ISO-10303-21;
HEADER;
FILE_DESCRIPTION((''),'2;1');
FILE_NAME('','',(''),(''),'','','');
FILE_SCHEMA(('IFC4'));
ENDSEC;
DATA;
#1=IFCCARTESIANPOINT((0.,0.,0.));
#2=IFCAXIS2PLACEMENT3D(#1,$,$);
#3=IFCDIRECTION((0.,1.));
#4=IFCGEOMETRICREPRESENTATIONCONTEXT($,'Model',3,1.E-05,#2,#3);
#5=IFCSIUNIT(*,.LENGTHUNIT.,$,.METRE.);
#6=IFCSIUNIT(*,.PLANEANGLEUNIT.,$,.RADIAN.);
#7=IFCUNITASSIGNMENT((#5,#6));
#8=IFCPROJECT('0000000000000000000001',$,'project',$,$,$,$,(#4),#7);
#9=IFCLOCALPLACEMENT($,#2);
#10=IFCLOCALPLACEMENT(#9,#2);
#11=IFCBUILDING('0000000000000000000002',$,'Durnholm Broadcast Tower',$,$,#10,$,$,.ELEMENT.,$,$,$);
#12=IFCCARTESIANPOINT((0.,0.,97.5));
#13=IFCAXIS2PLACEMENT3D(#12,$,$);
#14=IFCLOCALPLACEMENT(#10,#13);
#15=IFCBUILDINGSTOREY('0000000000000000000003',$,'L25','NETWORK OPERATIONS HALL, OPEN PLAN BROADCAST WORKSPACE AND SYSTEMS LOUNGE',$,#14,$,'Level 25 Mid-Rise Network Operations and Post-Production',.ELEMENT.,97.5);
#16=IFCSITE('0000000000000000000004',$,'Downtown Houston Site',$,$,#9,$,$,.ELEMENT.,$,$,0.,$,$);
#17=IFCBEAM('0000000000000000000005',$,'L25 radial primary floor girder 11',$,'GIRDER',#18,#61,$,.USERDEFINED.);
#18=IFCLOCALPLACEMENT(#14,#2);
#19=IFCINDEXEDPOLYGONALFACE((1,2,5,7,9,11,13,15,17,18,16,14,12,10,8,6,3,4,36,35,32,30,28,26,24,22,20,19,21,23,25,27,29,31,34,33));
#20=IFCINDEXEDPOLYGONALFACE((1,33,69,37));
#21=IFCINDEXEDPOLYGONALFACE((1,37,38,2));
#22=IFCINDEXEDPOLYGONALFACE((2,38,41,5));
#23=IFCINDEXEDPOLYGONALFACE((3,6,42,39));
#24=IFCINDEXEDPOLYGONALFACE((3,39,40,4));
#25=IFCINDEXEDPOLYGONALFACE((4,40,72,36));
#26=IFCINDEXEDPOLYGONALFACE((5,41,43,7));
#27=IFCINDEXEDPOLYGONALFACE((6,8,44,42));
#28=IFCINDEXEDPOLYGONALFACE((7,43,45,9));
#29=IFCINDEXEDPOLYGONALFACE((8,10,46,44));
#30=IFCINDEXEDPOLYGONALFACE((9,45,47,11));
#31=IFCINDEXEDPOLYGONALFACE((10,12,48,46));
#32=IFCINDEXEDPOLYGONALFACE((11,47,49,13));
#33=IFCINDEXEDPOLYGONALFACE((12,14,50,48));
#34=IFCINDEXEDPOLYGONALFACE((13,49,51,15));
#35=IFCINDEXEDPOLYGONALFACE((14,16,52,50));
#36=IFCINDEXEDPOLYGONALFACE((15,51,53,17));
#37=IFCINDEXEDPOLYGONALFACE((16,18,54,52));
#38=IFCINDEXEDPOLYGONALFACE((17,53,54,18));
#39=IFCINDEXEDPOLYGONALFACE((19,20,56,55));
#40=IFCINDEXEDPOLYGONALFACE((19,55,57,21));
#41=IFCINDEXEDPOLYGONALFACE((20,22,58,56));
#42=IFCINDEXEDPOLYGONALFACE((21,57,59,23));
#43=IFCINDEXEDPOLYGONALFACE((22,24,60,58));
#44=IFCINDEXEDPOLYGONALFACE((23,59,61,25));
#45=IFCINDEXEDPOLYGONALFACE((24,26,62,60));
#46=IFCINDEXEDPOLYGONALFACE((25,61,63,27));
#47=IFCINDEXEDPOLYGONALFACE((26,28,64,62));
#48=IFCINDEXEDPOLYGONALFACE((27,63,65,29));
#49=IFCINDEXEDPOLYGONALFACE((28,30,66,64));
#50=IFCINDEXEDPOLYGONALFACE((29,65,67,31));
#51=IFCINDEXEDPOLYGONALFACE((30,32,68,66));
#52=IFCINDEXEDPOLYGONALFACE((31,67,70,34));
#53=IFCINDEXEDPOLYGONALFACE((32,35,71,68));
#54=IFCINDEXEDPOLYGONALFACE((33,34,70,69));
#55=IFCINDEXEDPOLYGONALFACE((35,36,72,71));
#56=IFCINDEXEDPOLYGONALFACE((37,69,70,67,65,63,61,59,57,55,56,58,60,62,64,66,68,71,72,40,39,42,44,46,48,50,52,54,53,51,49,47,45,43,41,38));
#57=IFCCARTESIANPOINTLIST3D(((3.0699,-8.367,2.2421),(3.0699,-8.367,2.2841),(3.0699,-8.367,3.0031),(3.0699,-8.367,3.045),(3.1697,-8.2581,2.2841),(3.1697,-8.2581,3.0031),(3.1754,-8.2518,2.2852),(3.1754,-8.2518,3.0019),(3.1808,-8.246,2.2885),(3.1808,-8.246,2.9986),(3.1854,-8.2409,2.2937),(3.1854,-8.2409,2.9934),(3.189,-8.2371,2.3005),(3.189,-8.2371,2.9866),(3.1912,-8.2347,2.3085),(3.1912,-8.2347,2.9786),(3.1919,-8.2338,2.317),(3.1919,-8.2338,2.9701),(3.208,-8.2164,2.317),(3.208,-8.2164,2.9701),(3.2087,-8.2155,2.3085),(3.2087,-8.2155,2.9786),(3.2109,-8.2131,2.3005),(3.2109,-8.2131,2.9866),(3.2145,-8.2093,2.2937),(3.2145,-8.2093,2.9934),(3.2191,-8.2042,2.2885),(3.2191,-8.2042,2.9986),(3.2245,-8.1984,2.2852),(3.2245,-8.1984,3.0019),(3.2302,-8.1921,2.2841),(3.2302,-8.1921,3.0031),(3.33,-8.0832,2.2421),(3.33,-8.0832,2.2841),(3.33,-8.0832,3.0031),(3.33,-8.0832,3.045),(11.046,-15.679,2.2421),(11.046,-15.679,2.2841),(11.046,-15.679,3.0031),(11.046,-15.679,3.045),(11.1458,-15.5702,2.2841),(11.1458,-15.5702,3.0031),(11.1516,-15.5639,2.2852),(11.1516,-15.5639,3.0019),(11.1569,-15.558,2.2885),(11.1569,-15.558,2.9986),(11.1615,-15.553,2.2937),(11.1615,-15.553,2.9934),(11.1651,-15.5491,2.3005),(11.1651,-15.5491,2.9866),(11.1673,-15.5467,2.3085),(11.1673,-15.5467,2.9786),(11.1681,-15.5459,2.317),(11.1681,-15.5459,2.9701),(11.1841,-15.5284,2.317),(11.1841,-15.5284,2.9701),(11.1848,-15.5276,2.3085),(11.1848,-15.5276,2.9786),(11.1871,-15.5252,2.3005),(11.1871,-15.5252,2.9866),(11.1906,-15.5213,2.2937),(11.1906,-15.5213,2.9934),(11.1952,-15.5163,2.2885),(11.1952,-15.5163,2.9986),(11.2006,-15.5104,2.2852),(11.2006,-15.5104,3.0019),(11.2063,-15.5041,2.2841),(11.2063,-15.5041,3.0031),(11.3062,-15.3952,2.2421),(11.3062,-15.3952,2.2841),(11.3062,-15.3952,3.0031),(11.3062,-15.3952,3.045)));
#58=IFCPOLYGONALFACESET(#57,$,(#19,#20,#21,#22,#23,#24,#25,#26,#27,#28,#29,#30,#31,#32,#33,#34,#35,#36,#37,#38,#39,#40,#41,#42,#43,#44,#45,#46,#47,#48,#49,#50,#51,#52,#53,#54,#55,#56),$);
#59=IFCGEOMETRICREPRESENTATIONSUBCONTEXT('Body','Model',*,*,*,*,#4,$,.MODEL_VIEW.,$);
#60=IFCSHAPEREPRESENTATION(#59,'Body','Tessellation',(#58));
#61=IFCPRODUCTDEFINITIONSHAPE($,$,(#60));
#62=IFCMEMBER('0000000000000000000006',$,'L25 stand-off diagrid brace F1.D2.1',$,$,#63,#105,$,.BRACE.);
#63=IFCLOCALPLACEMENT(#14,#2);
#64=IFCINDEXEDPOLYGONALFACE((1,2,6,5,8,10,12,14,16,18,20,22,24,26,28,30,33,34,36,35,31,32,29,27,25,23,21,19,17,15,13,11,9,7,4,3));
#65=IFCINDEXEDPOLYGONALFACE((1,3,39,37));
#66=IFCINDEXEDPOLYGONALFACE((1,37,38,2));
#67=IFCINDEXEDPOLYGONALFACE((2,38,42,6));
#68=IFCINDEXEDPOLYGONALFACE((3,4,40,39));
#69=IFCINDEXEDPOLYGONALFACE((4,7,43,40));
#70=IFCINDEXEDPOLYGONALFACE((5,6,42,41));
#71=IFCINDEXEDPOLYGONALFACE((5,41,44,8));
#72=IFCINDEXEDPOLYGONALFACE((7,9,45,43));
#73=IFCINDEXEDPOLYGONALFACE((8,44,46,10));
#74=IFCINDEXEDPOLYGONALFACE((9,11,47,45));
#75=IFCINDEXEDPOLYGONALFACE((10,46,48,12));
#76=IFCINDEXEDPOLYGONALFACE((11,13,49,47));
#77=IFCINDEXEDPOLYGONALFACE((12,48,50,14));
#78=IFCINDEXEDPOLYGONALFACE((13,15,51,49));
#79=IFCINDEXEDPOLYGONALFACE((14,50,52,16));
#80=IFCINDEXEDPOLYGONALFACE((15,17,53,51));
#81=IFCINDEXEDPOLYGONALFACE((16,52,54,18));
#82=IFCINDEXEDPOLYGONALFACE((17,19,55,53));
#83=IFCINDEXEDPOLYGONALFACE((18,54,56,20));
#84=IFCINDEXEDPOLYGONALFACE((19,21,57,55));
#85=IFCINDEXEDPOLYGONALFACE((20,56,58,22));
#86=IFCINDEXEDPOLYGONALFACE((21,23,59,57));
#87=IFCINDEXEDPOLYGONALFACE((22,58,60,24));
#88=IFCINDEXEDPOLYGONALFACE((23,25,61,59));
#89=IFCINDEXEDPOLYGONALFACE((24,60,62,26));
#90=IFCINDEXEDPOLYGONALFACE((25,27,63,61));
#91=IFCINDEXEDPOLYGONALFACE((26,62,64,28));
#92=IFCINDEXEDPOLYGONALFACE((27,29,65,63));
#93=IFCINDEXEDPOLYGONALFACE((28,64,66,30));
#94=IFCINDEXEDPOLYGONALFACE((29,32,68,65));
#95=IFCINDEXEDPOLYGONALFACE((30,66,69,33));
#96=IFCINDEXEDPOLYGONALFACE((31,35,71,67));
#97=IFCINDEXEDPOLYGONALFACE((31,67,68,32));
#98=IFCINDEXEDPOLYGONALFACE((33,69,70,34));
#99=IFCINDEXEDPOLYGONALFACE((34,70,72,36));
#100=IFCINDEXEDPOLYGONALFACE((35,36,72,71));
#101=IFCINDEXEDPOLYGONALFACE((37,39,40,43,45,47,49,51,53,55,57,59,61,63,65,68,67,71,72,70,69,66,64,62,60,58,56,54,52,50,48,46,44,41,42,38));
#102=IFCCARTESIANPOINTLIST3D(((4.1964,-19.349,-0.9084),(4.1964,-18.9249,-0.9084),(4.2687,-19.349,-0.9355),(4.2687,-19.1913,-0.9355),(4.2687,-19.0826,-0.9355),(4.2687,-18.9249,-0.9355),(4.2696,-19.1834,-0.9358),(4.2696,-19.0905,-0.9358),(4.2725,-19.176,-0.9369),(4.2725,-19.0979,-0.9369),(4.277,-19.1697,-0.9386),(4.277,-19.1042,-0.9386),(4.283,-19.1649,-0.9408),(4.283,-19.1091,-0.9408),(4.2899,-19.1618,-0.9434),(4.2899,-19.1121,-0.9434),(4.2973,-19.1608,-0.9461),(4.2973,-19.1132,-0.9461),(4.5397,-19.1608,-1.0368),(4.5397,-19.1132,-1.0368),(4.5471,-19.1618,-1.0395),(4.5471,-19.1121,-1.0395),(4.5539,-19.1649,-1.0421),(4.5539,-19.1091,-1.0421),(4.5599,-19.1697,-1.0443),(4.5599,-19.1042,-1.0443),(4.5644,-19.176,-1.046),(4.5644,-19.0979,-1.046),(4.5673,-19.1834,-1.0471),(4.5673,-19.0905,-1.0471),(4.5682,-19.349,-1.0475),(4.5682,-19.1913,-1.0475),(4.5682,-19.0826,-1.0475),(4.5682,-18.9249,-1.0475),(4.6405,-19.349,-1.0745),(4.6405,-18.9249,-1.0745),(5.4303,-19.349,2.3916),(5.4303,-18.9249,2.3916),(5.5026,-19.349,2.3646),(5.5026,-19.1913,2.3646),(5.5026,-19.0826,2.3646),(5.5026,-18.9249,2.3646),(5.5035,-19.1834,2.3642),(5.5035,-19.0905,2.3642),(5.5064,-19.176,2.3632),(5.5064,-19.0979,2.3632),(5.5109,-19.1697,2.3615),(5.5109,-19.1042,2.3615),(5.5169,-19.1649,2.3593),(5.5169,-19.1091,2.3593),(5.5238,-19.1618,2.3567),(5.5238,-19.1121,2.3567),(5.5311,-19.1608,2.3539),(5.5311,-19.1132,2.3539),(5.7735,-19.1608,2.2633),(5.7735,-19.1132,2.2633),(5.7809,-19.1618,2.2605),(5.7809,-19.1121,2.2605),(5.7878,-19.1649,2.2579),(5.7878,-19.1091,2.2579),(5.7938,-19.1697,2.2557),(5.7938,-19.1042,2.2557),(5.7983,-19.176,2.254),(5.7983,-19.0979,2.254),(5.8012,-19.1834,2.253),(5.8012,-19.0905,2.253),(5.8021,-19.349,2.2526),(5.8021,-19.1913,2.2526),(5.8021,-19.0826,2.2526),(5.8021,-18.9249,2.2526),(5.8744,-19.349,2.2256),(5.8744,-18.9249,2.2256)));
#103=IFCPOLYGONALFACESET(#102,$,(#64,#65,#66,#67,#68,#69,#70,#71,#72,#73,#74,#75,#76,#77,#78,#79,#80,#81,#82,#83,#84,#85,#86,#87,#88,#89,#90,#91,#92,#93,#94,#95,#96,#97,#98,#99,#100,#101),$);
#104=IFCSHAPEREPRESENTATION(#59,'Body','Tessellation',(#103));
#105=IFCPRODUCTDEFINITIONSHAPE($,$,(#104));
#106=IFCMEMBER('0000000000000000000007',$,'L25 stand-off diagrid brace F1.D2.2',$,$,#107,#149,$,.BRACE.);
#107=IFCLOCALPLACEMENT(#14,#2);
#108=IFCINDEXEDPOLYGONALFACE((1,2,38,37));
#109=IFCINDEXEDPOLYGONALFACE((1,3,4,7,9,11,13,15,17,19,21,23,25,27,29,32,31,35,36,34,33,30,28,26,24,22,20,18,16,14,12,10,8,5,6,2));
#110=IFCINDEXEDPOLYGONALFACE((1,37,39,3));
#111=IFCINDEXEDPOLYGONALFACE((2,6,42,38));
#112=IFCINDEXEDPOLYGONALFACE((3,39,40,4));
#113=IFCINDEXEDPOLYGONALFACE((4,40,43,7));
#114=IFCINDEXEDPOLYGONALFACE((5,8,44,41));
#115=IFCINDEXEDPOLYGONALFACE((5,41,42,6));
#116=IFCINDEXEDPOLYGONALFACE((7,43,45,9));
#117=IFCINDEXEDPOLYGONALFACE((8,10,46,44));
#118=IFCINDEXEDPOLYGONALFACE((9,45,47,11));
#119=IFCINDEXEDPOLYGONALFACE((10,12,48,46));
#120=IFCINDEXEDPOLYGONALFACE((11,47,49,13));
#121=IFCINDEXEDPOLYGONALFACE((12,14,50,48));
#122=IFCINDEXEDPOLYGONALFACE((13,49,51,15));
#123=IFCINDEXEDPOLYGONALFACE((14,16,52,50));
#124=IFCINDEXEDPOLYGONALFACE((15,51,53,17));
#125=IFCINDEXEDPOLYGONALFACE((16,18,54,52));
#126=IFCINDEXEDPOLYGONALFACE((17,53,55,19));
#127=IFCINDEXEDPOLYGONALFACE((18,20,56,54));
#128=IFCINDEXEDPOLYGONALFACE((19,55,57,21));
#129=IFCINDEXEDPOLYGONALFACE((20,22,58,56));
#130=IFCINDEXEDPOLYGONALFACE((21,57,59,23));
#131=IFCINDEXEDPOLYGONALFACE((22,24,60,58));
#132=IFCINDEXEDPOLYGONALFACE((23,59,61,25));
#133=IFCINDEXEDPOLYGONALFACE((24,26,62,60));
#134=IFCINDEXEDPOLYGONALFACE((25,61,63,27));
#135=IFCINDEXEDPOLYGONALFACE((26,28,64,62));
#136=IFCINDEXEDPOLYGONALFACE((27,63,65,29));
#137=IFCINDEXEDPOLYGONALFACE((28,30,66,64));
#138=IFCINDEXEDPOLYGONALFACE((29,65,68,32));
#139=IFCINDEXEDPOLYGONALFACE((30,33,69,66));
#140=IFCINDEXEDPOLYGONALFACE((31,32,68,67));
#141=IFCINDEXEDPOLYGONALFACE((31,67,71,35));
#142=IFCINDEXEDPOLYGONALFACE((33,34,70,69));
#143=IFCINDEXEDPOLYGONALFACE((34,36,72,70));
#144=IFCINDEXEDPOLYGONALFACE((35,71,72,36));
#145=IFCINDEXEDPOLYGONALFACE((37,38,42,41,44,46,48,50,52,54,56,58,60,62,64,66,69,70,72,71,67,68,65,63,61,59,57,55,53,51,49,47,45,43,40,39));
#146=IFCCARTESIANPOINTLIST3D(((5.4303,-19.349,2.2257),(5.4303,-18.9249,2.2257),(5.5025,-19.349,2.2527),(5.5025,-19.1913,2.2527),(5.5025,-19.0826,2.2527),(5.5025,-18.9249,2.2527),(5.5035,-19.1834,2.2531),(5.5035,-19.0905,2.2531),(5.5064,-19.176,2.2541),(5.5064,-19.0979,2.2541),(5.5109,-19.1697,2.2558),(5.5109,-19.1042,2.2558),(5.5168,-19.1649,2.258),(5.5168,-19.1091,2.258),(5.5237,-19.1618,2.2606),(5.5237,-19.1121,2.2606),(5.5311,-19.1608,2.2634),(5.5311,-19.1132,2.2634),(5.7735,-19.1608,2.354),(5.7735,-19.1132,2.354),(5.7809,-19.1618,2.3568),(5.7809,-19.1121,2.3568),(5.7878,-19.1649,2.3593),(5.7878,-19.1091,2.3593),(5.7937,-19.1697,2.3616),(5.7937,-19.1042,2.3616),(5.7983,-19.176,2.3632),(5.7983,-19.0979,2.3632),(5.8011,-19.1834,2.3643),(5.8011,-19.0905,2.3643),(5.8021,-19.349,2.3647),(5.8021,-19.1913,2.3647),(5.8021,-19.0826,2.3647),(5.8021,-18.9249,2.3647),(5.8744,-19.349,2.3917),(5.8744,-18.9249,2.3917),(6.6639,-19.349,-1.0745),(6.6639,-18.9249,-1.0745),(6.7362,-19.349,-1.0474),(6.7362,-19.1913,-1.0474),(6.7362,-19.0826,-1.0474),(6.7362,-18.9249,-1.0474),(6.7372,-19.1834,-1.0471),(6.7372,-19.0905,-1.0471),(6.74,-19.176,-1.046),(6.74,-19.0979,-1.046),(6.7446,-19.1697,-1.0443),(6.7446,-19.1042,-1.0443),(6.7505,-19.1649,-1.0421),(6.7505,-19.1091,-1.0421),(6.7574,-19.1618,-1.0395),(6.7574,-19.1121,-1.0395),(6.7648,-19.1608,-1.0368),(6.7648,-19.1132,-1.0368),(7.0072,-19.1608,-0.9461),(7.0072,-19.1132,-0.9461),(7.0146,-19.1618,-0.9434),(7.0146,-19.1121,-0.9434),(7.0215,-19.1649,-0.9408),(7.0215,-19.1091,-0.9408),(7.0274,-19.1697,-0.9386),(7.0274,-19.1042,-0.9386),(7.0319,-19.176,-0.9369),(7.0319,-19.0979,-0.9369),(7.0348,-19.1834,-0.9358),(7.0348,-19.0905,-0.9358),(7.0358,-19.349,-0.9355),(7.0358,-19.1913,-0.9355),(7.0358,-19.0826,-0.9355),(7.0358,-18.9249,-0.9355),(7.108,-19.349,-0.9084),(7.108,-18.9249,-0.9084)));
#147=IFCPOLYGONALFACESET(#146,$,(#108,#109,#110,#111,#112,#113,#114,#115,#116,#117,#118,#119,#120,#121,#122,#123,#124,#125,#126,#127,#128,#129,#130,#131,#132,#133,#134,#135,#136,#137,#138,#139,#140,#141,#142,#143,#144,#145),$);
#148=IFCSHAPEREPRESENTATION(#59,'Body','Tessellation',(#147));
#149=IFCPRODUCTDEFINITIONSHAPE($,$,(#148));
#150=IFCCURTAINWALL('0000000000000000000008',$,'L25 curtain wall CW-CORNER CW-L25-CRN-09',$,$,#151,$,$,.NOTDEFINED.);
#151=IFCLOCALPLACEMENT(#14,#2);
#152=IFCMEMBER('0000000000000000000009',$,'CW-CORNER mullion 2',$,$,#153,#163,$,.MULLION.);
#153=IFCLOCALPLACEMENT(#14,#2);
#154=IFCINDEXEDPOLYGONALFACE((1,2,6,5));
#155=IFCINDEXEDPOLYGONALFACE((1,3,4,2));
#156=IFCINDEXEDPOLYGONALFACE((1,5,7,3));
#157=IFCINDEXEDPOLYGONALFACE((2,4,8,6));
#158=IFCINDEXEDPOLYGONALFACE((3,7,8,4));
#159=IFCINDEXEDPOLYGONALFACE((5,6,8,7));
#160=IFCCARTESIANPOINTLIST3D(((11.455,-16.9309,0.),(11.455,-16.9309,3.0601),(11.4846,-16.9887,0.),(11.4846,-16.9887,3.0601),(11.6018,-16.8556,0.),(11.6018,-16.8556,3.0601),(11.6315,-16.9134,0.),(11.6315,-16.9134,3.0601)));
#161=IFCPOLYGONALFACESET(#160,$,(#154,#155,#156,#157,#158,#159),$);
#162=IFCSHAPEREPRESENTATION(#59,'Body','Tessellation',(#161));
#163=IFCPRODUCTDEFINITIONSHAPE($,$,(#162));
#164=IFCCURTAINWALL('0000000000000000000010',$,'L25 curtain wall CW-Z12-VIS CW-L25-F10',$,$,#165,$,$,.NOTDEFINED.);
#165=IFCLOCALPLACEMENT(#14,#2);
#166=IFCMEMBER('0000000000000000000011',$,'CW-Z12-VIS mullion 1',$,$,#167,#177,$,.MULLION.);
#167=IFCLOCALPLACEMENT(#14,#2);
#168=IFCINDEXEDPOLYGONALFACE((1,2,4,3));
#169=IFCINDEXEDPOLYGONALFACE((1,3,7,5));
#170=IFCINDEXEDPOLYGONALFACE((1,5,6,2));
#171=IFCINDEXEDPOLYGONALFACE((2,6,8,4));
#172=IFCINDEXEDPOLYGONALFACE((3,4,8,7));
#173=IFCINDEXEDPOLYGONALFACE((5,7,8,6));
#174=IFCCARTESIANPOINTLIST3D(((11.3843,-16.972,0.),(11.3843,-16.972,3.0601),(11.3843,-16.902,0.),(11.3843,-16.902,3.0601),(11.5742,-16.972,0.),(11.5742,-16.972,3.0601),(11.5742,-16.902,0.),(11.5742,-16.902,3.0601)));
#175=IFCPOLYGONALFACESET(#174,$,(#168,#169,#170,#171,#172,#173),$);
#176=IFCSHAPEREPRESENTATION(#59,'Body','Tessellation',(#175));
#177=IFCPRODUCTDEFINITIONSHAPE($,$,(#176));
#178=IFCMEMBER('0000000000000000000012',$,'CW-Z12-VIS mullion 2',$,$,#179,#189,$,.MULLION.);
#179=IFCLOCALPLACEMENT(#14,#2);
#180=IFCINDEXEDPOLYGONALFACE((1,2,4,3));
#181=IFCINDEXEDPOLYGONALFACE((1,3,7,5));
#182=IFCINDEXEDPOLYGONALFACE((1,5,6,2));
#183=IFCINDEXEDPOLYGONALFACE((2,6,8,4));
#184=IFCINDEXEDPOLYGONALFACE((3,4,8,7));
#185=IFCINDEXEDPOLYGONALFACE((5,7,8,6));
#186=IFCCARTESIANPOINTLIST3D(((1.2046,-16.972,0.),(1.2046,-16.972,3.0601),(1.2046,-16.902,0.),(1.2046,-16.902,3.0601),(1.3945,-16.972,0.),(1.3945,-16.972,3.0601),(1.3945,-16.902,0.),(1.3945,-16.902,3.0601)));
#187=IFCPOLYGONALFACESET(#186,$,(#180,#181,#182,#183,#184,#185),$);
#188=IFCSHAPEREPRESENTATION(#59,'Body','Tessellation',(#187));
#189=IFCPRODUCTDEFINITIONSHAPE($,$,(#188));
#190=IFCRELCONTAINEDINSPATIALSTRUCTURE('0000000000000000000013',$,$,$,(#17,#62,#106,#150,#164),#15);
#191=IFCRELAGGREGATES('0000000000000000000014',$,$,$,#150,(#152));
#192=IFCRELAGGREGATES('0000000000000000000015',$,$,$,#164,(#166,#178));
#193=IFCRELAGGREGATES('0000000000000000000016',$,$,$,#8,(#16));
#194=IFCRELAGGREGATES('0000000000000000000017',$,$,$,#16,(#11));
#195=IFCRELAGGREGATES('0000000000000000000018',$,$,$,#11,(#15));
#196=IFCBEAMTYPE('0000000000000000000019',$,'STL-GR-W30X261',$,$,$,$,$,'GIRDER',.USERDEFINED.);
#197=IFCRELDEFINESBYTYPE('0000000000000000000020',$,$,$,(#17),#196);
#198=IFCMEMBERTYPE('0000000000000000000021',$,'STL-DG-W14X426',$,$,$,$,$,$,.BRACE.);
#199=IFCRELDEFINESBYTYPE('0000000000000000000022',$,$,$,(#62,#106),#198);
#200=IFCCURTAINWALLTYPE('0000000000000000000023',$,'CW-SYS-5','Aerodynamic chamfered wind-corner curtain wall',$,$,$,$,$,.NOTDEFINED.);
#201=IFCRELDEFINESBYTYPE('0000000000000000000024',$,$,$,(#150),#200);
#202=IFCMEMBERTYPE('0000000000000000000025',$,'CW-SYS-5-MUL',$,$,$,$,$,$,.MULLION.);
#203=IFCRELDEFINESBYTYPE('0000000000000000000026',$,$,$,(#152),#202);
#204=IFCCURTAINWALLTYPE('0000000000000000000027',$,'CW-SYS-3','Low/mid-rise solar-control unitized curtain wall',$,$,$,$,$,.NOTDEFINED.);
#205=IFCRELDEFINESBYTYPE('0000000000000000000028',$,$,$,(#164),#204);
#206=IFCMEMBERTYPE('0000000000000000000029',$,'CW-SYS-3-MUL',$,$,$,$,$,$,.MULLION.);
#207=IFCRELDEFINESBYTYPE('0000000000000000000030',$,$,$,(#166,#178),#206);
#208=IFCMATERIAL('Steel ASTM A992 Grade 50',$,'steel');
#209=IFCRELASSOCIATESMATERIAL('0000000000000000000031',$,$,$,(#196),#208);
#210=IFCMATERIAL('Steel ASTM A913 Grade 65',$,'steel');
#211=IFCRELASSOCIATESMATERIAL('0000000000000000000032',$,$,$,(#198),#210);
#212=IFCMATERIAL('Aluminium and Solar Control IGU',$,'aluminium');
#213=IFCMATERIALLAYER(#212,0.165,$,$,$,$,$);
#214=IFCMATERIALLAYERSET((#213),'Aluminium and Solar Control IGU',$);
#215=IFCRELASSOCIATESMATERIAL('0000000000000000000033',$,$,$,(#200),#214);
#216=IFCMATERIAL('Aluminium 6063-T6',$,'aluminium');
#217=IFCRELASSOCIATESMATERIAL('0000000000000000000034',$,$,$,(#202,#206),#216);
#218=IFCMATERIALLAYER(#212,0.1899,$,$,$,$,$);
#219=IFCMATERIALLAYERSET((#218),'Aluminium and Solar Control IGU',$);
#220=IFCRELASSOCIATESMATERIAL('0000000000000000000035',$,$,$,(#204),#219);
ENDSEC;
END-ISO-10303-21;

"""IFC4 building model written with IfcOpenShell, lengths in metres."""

from ifc_helpers import new_model, si_unit, direction, frame, origin, origin_2d, place, context, subcontext, project, spatial, rectangle, i_section, extrude, source, transform, mapped, material, layer, layer_set, material_profile, profile_set, type_object, type_shapes, element, aggregate, save


model = new_model("IFC4")

# Units and contexts
model_context = context("Model", 3, precision=1e-05, world=origin(), true_north=direction((0.0, 1.0)))
body_context = subcontext(model_context, "Body", "Model", "MODEL_VIEW")
ifc_project = project(units=[si_unit("LENGTHUNIT", "METRE"), si_unit("PLANEANGLEUNIT", "RADIAN")], contexts=[model_context])

# Site, building, storey
site_placement = place(None, origin())
site = spatial("IfcSite", under=ifc_project, at=site_placement, Name="Downtown Houston Site", CompositionType="ELEMENT", RefElevation=0.0)
building_placement = place(site_placement, origin())
building = spatial("IfcBuilding", under=site, at=building_placement, Name="Durnholm Broadcast Tower", CompositionType="ELEMENT")
storey_placement = place(building_placement, frame((0.0, 0.0, 97.5)))
storey = spatial("IfcBuildingStorey", under=building, at=storey_placement, Name="L25", Description="NETWORK OPERATIONS HALL, OPEN PLAN BROADCAST WORKSPACE AND SYSTEMS LOUNGE", LongName="Level 25 Mid-Rise Network Operations and Post-Production", CompositionType="ELEMENT", Elevation=97.5)

# Beam
ifc_material_1 = material(Name="Steel ASTM A992 Grade 50", Category="steel")
ifc_material_profile_1 = material_profile(ifc_material_1, i_section(OverallWidth=0.385, OverallDepth=0.803, WebThickness=0.0237, FlangeThickness=0.042, FilletRadius=0.033, at=origin_2d()), Name="W30X261")
ifc_profile_set_1 = profile_set([ifc_material_profile_1], Name="Steel ASTM A992 Grade 50")
beam_type_1 = type_object("IfcBeamType", Name="STL-GR-W30X261", ElementType="GIRDER", PredefinedType="USERDEFINED", material=ifc_profile_set_1)
shared_shape_1 = source(origin(), body_context, "Body", "SweptSolid", [
    extrude(i_section(OverallWidth=0.385, OverallDepth=0.803, WebThickness=0.0237, FlangeThickness=0.042, FilletRadius=0.033, at=origin_2d()), origin(), (0.0, 0.0, 1.0), 10.8206),
])
beam_1_placement = place(storey_placement, frame((3.2, -8.2251, 2.6436), z_axis=(0.737126, -0.675755, 0.0), x_axis=(0.675755, 0.737126, 0.0)))
element("IfcBeam", 1, at=beam_1_placement, inside=storey, type_object=beam_type_1, Name="L25 radial primary floor girder 11", ObjectType="GIRDER", PredefinedType="USERDEFINED", context=body_context, shape_type="MappedRepresentation", body=[
    mapped(shared_shape_1, transform((0.0, 0.0, 0.0), x_axis=(1.0, 0.0, 0.0), y_axis=(0.0, 1.0, 0.0), z_axis=(0.0, 0.0, 1.0), scale=1.0)),
])

# Members
ifc_material_2 = material(Name="Steel ASTM A913 Grade 65", Category="steel")
ifc_material_profile_2 = material_profile(ifc_material_2, i_section(OverallWidth=0.4241, OverallDepth=0.4741, WebThickness=0.0476, FlangeThickness=0.0771, FilletRadius=0.0305, at=origin_2d()), Name="W14X426")
ifc_profile_set_2 = profile_set([ifc_material_profile_2], Name="Steel ASTM A913 Grade 65")
member_type_1 = type_object("IfcMemberType", Name="STL-DG-W14X426", PredefinedType="BRACE", material=ifc_profile_set_2)
shared_shape_2 = source(origin(), body_context, "Body", "SweptSolid", [
    extrude(i_section(OverallWidth=0.4241, OverallDepth=0.4741, WebThickness=0.0476, FlangeThickness=0.0771, FilletRadius=0.0305, at=origin_2d()), origin(), (0.0, 0.0, 1.0), 3.5232),
])
type_shapes(member_type_1, [shared_shape_2])
for number, where, z_axis, x_axis, name in (
    (2, (4.4185, -19.137, -0.9915), (0.35022, 0.0, 0.936668), (0.0, 1.0, 0.0), "L25 stand-off diagrid brace F1.D2.1"),
    (3, (6.886, -19.137, -0.9915), (-0.350159, 0.0, 0.93669), (0.0, -1.0, 0.0), "L25 stand-off diagrid brace F1.D2.2"),
):
    element("IfcMember", number, at=place(storey_placement, frame(where, z_axis=z_axis, x_axis=x_axis)), inside=storey, type_object=member_type_1, Name=name, PredefinedType="BRACE", context=body_context, shape_type="MappedRepresentation", body=[
        mapped(shared_shape_2, transform((0.0, 0.0, 0.0), x_axis=(1.0, 0.0, 0.0), y_axis=(0.0, 1.0, 0.0), z_axis=(0.0, 0.0, 1.0), scale=1.0)),
    ])

# Curtain wall, member
ifc_material_3 = material(Name="Aluminium and Solar Control IGU", Category="aluminium")
ifc_layer_1 = layer(ifc_material_3, 0.165)
ifc_layer_set_1 = layer_set([ifc_layer_1], Name="Aluminium and Solar Control IGU")
curtain_wall_type_1 = type_object("IfcCurtainWallType", Name="CW-SYS-5", Description="Aerodynamic chamfered wind-corner curtain wall", PredefinedType="NOTDEFINED", material=ifc_layer_set_1)
curtain_wall_1_placement = place(storey_placement, origin())
curtain_wall_1 = element("IfcCurtainWall", 4, at=curtain_wall_1_placement, inside=storey, type_object=curtain_wall_type_1, Name="L25 curtain wall CW-CORNER CW-L25-CRN-09", PredefinedType="NOTDEFINED")
ifc_material_4 = material(Name="Aluminium 6063-T6", Category="aluminium")
ifc_material_profile_3 = material_profile(ifc_material_4, rectangle(XDim=0.0649, YDim=0.165, at=origin_2d()), Name="CWM65X165")
ifc_profile_set_3 = profile_set([ifc_material_profile_3], Name="Aluminium 6063-T6")
member_type_2 = type_object("IfcMemberType", Name="CW-SYS-5-MUL", PredefinedType="MULLION", material=ifc_profile_set_3)
shared_shape_3 = source(origin(), body_context, "Body", "SweptSolid", [
    extrude(rectangle(XDim=0.0649, YDim=0.165, at=origin_2d()), origin(), (0.0, 0.0, 1.0), 3.0601),
])
type_shapes(member_type_2, [shared_shape_3])
member_1_placement = place(storey_placement, frame((11.5432, -16.9221, 0.0), z_axis=(0.0, 0.0, 1.0), x_axis=(0.456373, -0.889788, 0.0)))
member_1 = element("IfcMember", 5, at=member_1_placement, type_object=member_type_2, Name="CW-CORNER mullion 2", PredefinedType="MULLION", context=body_context, shape_type="MappedRepresentation", body=[
    mapped(shared_shape_3, transform((0.0, 0.0, 0.0), x_axis=(1.0, 0.0, 0.0), y_axis=(0.0, 1.0, 0.0), z_axis=(0.0, 0.0, 1.0), scale=1.0)),
])
aggregate(curtain_wall_1, [member_1])

# Curtain wall, members
ifc_layer_2 = layer(ifc_material_3, 0.1899)
ifc_layer_set_2 = layer_set([ifc_layer_2], Name="Aluminium and Solar Control IGU")
curtain_wall_type_2 = type_object("IfcCurtainWallType", Name="CW-SYS-3", Description="Low/mid-rise solar-control unitized curtain wall", PredefinedType="NOTDEFINED", material=ifc_layer_set_2)
curtain_wall_2_placement = place(storey_placement, origin())
curtain_wall_2 = element("IfcCurtainWall", 6, at=curtain_wall_2_placement, inside=storey, type_object=curtain_wall_type_2, Name="L25 curtain wall CW-Z12-VIS CW-L25-F10", PredefinedType="NOTDEFINED")
ifc_material_profile_4 = material_profile(ifc_material_4, rectangle(XDim=0.0701, YDim=0.1899, at=origin_2d()), Name="CWM70X190")
ifc_profile_set_4 = profile_set([ifc_material_profile_4], Name="Aluminium 6063-T6")
member_type_3 = type_object("IfcMemberType", Name="CW-SYS-3-MUL", PredefinedType="MULLION", material=ifc_profile_set_4)
shared_shape_4 = source(origin(), body_context, "Body", "SweptSolid", [
    extrude(rectangle(XDim=0.0701, YDim=0.1899, at=origin_2d()), origin(), (0.0, 0.0, 1.0), 3.0601),
])
type_shapes(member_type_3, [shared_shape_4])
member_2_placement = place(storey_placement, frame((11.4792, -16.937, 0.0), z_axis=(0.0, 0.0, 1.0), x_axis=(0.0, -1.0, 0.0)))
member_2 = element("IfcMember", 7, at=member_2_placement, type_object=member_type_3, Name="CW-Z12-VIS mullion 1", PredefinedType="MULLION", context=body_context, shape_type="MappedRepresentation", body=[
    mapped(shared_shape_4, transform((0.0, 0.0, 0.0), x_axis=(1.0, 0.0, 0.0), y_axis=(0.0, 1.0, 0.0), z_axis=(0.0, 0.0, 1.0), scale=1.0)),
])
member_3_placement = place(storey_placement, frame((1.2996, -16.937, 0.0), z_axis=(0.0, 0.0, 1.0), x_axis=(0.0, -1.0, 0.0)))
member_3 = element("IfcMember", 8, at=member_3_placement, type_object=member_type_3, Name="CW-Z12-VIS mullion 2", PredefinedType="MULLION", context=body_context, shape_type="MappedRepresentation", body=[
    mapped(shared_shape_4, transform((0.0, 0.0, 0.0), x_axis=(1.0, 0.0, 0.0), y_axis=(0.0, 1.0, 0.0), z_axis=(0.0, 0.0, 1.0), scale=1.0)),
])

aggregate(curtain_wall_2, [member_2, member_3])

save(model, "model.ifc")
